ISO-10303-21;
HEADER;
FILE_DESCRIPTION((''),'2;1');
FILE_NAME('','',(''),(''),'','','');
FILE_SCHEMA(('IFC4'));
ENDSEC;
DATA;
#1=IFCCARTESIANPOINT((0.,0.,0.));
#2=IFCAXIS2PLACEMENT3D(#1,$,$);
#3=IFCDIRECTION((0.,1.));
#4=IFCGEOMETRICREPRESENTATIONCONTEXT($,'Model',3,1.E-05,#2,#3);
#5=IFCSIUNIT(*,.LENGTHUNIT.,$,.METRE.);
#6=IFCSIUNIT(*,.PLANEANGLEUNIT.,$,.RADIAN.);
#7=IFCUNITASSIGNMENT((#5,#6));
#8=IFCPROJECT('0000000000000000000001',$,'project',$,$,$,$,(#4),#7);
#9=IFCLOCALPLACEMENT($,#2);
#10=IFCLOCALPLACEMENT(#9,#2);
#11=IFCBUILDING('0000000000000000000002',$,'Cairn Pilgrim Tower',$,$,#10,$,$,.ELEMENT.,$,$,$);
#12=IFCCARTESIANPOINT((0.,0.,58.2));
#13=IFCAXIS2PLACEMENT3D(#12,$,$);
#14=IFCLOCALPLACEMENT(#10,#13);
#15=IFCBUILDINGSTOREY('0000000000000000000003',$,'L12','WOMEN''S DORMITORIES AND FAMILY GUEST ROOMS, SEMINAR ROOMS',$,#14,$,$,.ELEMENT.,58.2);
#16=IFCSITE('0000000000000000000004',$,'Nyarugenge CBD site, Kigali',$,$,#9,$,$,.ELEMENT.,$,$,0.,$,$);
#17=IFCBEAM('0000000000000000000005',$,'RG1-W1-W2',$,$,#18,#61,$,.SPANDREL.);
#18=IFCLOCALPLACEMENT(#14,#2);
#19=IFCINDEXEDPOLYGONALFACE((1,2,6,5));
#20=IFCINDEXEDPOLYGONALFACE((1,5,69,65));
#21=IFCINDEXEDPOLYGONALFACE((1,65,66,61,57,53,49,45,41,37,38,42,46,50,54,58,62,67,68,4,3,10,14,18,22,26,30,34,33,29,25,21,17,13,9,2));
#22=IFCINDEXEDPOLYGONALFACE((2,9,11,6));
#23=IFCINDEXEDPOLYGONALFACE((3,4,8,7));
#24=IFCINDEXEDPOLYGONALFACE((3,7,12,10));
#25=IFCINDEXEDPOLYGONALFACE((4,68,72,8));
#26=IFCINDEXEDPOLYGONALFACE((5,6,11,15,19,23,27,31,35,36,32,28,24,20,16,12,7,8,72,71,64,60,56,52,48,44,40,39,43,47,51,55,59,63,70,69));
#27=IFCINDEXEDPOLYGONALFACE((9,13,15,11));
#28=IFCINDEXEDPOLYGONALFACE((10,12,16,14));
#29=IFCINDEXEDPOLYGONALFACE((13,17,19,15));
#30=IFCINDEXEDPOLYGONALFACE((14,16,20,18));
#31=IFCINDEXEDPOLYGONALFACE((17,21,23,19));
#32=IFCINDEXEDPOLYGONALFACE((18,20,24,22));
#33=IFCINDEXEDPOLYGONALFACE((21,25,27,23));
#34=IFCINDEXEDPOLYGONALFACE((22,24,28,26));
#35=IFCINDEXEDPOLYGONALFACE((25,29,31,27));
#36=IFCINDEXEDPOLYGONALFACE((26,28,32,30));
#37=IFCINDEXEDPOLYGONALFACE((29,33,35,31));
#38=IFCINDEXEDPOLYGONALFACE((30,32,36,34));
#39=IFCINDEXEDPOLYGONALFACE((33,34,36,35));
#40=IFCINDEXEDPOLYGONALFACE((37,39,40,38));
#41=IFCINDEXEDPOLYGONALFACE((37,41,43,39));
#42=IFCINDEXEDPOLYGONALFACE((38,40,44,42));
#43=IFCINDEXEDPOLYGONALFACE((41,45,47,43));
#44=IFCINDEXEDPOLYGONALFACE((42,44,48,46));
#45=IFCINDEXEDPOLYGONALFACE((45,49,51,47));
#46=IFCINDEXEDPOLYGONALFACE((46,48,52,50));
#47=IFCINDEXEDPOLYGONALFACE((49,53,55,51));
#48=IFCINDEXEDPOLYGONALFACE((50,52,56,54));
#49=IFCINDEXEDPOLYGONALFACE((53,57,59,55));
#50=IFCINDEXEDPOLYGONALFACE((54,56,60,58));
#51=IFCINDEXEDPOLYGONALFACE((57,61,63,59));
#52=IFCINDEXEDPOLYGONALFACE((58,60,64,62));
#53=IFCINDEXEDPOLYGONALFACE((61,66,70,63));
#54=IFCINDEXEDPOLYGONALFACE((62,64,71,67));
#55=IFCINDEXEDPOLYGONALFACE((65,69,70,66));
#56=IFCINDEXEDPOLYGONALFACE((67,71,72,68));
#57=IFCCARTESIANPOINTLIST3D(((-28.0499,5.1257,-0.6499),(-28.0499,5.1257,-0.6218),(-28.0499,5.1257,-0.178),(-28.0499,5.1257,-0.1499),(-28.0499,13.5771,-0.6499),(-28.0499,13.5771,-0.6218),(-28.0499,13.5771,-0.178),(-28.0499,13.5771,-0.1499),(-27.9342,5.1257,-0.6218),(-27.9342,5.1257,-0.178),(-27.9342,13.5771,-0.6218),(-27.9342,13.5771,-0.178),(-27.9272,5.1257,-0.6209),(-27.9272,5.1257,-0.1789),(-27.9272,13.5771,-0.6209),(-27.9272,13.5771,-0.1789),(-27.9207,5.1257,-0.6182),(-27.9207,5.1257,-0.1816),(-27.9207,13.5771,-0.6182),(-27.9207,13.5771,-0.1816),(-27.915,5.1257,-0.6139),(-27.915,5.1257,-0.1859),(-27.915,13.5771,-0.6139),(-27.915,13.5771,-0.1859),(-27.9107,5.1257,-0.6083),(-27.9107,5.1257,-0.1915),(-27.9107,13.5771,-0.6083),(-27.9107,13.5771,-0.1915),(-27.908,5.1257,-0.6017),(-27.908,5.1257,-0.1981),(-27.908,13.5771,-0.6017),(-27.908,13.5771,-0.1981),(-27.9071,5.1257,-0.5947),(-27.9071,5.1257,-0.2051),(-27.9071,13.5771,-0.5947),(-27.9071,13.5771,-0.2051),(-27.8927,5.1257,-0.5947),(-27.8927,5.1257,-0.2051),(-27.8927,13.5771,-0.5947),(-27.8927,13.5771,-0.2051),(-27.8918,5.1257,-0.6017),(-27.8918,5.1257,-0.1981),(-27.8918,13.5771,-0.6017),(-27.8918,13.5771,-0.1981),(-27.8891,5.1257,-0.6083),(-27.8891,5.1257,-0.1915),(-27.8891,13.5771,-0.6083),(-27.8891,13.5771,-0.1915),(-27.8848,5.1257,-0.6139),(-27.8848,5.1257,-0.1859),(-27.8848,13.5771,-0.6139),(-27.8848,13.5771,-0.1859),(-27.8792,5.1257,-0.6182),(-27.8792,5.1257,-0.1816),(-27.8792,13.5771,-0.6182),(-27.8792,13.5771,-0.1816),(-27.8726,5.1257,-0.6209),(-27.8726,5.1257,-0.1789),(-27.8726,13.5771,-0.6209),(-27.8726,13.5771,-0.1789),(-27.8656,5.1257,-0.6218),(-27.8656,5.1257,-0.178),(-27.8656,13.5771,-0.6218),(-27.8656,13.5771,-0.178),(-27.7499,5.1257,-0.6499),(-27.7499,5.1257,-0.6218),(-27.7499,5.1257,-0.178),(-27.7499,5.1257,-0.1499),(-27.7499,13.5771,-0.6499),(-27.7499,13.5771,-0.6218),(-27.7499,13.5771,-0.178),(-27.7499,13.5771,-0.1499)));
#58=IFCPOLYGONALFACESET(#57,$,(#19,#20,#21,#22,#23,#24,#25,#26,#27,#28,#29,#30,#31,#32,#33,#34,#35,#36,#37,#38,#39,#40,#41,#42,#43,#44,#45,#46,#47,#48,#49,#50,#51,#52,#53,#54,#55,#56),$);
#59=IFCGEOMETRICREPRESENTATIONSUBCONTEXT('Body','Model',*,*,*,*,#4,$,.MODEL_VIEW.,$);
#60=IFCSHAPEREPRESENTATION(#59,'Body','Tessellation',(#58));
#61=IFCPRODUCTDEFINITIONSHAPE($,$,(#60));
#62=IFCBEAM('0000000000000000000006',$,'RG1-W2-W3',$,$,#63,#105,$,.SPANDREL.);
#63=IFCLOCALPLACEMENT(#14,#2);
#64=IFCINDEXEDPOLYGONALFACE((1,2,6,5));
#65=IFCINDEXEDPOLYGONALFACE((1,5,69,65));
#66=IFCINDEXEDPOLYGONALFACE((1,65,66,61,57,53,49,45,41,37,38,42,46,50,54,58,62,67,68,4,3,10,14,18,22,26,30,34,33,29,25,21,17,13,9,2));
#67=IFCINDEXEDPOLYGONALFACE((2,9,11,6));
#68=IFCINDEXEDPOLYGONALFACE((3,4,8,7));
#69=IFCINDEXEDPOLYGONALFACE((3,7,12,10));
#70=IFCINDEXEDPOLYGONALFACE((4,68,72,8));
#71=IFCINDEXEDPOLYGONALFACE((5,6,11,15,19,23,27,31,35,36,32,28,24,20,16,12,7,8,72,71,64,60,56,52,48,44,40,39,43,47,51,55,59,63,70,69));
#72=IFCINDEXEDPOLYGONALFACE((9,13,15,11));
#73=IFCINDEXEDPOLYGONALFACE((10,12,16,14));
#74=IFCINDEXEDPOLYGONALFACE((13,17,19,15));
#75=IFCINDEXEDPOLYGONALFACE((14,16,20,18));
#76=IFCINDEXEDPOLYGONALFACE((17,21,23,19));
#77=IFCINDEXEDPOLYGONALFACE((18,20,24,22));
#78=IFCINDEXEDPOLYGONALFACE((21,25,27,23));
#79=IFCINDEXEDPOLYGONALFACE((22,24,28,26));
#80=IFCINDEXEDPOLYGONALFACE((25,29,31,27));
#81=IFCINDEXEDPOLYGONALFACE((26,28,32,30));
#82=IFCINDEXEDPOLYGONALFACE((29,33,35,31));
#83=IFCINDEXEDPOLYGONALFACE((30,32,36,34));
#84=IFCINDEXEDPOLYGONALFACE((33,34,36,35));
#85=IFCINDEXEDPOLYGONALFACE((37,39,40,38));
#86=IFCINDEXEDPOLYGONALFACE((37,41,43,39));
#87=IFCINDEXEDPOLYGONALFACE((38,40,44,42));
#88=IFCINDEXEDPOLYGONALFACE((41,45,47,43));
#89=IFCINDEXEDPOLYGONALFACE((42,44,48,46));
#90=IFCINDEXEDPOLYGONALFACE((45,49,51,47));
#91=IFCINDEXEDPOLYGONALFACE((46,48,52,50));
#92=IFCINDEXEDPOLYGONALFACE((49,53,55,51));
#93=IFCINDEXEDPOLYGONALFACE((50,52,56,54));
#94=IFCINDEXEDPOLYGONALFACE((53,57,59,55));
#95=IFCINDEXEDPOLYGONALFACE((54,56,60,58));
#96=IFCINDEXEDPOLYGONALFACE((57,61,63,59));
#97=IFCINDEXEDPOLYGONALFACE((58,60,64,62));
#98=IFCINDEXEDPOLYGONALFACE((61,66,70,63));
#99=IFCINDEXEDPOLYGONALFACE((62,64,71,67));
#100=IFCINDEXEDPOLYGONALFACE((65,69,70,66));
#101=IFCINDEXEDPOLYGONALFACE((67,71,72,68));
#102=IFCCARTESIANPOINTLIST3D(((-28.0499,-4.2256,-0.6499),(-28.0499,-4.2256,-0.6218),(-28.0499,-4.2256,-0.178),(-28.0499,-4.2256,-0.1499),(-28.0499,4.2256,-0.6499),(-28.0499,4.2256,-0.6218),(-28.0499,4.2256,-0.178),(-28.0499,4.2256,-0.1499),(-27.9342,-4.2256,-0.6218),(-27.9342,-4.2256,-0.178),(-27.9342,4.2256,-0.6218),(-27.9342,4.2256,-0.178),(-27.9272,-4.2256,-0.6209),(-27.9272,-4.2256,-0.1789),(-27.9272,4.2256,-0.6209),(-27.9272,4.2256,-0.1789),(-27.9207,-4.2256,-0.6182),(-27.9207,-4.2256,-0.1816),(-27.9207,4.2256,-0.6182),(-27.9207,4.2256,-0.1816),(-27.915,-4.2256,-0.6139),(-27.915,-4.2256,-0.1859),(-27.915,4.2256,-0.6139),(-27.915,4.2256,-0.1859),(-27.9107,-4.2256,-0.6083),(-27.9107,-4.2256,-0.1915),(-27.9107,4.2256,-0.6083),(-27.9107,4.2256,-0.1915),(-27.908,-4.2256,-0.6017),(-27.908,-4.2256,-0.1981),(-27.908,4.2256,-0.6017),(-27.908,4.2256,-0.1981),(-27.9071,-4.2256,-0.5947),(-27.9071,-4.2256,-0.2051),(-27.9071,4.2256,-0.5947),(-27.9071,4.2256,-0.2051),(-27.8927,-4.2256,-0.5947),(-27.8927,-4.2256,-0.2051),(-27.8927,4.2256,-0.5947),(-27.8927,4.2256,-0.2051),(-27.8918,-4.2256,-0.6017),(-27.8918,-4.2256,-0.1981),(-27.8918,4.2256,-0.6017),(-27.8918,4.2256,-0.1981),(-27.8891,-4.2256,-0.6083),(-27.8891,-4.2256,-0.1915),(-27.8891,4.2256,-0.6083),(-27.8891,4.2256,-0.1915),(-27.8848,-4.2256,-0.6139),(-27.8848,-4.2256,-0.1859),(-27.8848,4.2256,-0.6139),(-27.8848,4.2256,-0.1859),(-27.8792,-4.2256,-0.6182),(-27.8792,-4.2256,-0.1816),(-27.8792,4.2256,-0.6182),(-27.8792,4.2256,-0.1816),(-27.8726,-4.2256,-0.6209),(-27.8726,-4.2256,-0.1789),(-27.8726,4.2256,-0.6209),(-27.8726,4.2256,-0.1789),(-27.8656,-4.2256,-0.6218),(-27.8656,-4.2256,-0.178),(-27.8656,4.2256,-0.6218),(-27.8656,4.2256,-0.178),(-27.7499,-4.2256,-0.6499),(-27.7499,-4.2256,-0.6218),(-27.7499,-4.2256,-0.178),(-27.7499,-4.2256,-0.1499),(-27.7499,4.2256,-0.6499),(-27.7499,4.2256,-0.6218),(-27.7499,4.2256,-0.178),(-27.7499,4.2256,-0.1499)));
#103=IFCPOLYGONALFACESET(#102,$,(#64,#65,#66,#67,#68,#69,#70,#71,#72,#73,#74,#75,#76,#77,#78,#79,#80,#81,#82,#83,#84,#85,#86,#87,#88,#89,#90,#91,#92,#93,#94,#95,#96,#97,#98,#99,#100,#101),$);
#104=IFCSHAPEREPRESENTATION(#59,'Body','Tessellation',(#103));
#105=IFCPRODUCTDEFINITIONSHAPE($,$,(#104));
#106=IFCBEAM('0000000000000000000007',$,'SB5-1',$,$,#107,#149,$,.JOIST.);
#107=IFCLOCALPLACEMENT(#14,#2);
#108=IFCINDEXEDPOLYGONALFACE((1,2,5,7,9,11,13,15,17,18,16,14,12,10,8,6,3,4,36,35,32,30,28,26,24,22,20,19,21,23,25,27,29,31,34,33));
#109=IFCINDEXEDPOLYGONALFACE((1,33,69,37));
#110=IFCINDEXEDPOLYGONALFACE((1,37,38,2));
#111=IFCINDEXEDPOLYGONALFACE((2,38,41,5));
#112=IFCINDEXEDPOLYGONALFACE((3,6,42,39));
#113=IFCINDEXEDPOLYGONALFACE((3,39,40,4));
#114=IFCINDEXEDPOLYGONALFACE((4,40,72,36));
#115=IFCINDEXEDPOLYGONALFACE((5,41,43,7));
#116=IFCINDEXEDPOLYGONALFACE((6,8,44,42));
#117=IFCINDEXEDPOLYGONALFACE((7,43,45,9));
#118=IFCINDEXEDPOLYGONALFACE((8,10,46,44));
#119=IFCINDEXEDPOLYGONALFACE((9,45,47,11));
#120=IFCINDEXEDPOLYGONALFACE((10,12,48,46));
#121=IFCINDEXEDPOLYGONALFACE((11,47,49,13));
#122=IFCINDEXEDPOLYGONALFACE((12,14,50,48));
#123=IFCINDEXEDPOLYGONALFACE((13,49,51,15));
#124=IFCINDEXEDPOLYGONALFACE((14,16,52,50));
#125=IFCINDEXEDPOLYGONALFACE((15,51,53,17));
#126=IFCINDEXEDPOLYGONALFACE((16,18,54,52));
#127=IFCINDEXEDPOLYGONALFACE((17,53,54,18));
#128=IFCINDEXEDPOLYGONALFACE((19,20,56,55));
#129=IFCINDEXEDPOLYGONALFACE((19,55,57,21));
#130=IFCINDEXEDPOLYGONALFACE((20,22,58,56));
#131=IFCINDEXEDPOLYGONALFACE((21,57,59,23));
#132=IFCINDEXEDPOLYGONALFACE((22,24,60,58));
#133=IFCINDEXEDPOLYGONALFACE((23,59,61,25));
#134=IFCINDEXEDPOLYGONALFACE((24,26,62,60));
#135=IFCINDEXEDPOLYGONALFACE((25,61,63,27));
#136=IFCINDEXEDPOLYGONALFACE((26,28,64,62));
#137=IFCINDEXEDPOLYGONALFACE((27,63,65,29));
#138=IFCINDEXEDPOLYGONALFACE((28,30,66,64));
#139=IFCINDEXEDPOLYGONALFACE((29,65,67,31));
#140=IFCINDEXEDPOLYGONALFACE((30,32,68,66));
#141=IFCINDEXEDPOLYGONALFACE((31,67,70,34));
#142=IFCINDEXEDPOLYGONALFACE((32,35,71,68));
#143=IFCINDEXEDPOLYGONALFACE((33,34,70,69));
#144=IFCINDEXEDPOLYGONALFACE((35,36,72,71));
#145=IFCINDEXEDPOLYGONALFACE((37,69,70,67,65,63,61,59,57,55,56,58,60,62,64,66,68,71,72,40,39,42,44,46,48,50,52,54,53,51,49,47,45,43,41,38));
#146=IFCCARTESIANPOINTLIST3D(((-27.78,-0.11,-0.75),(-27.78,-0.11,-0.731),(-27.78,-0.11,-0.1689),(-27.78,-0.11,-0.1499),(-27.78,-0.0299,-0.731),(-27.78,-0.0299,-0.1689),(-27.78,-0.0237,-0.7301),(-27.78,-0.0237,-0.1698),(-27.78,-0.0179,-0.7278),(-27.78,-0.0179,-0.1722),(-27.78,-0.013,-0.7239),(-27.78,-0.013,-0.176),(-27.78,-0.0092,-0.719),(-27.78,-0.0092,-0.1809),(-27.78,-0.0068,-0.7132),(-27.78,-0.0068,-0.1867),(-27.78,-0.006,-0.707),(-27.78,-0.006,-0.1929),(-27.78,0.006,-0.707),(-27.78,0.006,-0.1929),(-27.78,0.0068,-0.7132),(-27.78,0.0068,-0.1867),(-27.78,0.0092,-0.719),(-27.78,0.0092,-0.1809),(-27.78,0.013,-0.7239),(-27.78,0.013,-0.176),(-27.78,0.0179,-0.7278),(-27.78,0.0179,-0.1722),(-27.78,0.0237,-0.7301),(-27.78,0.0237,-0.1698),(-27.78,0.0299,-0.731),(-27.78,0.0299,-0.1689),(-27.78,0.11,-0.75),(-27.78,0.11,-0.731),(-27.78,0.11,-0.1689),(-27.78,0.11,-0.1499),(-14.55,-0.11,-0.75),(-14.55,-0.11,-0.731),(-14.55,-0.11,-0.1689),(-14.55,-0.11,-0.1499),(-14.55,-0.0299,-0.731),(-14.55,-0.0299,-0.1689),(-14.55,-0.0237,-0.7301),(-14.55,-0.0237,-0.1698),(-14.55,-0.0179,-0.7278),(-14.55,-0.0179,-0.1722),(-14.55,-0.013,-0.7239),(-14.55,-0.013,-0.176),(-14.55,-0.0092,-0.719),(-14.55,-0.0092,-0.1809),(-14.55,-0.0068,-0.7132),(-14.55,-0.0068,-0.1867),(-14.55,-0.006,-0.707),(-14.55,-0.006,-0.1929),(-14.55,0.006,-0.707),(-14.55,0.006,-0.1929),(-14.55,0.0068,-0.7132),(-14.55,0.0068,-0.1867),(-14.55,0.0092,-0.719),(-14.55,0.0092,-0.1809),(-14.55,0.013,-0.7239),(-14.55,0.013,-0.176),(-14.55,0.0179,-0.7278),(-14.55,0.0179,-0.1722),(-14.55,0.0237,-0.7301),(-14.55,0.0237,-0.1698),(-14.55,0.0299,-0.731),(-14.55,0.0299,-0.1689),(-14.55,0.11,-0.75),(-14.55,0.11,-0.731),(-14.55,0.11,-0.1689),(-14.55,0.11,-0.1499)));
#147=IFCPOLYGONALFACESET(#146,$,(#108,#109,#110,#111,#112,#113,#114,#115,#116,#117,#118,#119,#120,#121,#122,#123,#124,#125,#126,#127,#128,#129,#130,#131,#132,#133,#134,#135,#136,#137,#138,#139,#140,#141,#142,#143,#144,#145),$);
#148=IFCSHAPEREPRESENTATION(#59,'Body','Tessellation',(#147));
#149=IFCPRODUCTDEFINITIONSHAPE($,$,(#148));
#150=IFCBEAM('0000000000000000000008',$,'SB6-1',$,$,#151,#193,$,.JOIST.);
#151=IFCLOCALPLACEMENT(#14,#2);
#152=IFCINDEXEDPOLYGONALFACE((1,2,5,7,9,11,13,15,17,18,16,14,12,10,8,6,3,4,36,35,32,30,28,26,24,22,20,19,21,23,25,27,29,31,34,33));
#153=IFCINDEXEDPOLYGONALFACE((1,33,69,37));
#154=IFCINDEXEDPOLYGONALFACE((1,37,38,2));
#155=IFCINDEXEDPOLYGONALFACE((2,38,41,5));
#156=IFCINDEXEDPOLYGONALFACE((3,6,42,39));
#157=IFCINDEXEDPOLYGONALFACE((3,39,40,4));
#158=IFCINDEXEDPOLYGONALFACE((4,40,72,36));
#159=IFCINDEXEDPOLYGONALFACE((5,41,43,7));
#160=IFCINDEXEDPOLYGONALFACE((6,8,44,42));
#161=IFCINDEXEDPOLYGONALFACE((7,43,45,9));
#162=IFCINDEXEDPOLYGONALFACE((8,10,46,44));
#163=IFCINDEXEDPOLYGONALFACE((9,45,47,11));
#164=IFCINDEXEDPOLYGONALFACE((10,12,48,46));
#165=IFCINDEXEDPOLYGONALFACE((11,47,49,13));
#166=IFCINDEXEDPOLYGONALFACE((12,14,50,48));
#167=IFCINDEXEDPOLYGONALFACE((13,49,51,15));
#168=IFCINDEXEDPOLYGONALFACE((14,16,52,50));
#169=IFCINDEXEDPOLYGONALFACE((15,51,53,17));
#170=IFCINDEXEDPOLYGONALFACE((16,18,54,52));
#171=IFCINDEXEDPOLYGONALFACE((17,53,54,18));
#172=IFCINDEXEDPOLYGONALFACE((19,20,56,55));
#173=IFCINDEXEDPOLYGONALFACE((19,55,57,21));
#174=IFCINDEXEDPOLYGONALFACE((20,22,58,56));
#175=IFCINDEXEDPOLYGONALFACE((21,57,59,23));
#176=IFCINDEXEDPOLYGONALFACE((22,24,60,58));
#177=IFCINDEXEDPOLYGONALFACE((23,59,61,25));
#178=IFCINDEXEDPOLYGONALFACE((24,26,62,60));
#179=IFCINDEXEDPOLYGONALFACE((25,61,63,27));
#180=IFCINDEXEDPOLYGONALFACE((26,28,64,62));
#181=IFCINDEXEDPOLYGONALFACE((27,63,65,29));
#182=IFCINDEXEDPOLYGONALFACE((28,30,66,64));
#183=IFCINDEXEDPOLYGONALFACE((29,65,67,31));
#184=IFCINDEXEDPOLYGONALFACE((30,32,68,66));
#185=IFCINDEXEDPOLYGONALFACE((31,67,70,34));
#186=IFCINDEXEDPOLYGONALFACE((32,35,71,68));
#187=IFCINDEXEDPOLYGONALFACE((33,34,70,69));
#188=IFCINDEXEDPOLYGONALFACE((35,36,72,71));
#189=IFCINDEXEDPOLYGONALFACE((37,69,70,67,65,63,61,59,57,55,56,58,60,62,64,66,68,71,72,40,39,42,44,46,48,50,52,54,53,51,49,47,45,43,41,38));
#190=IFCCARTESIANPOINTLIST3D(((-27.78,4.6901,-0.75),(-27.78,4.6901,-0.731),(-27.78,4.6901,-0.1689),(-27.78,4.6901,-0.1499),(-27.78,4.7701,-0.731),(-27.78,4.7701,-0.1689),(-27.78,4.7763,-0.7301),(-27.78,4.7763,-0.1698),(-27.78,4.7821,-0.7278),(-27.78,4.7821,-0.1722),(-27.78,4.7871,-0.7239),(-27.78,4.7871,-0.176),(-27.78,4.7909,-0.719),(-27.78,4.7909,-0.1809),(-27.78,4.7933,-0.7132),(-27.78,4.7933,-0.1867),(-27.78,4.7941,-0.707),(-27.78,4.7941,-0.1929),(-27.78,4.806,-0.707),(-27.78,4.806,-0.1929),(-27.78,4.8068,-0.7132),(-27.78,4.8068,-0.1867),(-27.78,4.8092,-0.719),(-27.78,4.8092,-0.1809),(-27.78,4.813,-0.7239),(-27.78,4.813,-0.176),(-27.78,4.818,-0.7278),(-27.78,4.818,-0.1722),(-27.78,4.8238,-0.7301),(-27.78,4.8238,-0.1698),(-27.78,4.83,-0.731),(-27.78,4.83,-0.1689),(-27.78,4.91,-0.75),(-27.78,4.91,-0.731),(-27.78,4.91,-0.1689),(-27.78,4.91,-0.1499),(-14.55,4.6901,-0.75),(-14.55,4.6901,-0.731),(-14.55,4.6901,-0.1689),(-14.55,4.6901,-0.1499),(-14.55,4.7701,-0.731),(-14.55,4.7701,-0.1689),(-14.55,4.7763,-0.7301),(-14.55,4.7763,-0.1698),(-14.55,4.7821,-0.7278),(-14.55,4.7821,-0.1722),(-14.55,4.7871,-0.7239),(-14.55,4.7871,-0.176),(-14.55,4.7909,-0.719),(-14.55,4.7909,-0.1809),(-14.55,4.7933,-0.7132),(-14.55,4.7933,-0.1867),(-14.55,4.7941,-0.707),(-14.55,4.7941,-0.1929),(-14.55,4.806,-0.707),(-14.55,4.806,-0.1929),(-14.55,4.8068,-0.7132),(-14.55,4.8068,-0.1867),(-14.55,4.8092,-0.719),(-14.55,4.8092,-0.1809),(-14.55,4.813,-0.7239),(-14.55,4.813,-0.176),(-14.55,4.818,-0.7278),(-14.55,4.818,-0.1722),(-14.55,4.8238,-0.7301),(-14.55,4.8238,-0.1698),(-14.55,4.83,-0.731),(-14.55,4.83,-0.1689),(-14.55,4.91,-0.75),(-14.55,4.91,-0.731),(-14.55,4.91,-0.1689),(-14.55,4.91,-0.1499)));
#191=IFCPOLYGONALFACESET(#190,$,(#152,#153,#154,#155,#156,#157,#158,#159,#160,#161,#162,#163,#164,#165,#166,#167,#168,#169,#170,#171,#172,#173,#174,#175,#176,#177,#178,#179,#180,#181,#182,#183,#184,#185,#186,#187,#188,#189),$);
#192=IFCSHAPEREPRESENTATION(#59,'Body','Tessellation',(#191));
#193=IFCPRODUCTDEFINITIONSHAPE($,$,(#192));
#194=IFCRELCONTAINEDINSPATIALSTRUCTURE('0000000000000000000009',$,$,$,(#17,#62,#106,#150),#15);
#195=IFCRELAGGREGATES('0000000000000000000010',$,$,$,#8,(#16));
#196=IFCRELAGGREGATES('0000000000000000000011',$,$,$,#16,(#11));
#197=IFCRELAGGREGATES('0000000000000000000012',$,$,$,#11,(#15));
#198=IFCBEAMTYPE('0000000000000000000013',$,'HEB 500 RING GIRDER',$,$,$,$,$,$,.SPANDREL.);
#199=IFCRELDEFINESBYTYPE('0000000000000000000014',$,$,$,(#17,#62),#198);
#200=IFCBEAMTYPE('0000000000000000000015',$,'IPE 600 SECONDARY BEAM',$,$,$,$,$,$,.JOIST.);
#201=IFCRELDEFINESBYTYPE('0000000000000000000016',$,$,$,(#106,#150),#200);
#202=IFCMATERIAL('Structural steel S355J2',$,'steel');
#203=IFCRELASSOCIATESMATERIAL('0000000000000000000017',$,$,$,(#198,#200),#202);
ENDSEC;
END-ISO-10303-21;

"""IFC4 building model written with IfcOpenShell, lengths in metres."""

from ifc_helpers import new_model, si_unit, direction, frame, origin, origin_2d, place, context, subcontext, project, spatial, i_section, extrude, material, material_profile, profile_set, type_object, element, save


model = new_model("IFC4")

# Units and contexts
model_context = context("Model", 3, precision=1e-05, world=origin(), true_north=direction((0.0, 1.0)))
body_context = subcontext(model_context, "Body", "Model", "MODEL_VIEW")
ifc_project = project(units=[si_unit("LENGTHUNIT", "METRE"), si_unit("PLANEANGLEUNIT", "RADIAN")], contexts=[model_context])

# Site, building, storey
site_placement = place(None, origin())
site = spatial("IfcSite", under=ifc_project, at=site_placement, Name="Nyarugenge CBD site, Kigali", CompositionType="ELEMENT", RefElevation=0.0)
building_placement = place(site_placement, origin())
building = spatial("IfcBuilding", under=site, at=building_placement, Name="Cairn Pilgrim Tower", CompositionType="ELEMENT")
storey_placement = place(building_placement, frame((0.0, 0.0, 58.2)))
storey = spatial("IfcBuildingStorey", under=building, at=storey_placement, Name="L12", Description="WOMEN'S DORMITORIES AND FAMILY GUEST ROOMS, SEMINAR ROOMS", CompositionType="ELEMENT", Elevation=58.2)

# Beams
ifc_material_1 = material(Name="Structural steel S355J2", Category="steel")
ifc_material_profile_1 = material_profile(ifc_material_1, i_section(OverallWidth=0.3, OverallDepth=0.5, WebThickness=0.0144, FlangeThickness=0.0281, FilletRadius=0.0271, at=origin_2d()), Name="HEB 500")
ifc_profile_set_1 = profile_set([ifc_material_profile_1], Name="Structural steel S355J2")
beam_type_1 = type_object("IfcBeamType", Name="HEB 500 RING GIRDER", PredefinedType="SPANDREL", material=ifc_profile_set_1)
beam_1_placement = place(storey_placement, frame((-27.8999, 13.5771, -0.3999), z_axis=(0.0, -1.0, 0.0), x_axis=(1.0, 0.0, 0.0)))
element("IfcBeam", 1, at=beam_1_placement, inside=storey, type_object=beam_type_1, Name="RG1-W1-W2", PredefinedType="SPANDREL", context=body_context, shape_type="SweptSolid", body=[
    extrude(i_section(OverallWidth=0.3, OverallDepth=0.5, WebThickness=0.0144, FlangeThickness=0.0281, FilletRadius=0.0271, at=origin_2d()), origin(), (0.0, 0.0, 1.0), 8.4514),
])
beam_2_placement = place(storey_placement, frame((-27.8999, 4.2256, -0.3999), z_axis=(0.0, -1.0, 0.0), x_axis=(1.0, 0.0, 0.0)))
element("IfcBeam", 2, at=beam_2_placement, inside=storey, type_object=beam_type_1, Name="RG1-W2-W3", PredefinedType="SPANDREL", context=body_context, shape_type="SweptSolid", body=[
    extrude(i_section(OverallWidth=0.3, OverallDepth=0.5, WebThickness=0.0144, FlangeThickness=0.0281, FilletRadius=0.0271, at=origin_2d()), origin(), (0.0, 0.0, 1.0), 8.4512),
])
ifc_material_profile_2 = material_profile(ifc_material_1, i_section(OverallWidth=0.22, OverallDepth=0.6001, WebThickness=0.012, FlangeThickness=0.019, FilletRadius=0.0239, at=origin_2d()), Name="IPE 600")
ifc_profile_set_2 = profile_set([ifc_material_profile_2], Name="Structural steel S355J2")
beam_type_2 = type_object("IfcBeamType", Name="IPE 600 SECONDARY BEAM", PredefinedType="JOIST", material=ifc_profile_set_2)
for number, where, z_axis, x_axis, name in (
    (3, (-27.78, 0.0, -0.45), (1.0, 0.0, 0.0), (0.0, 1.0, 0.0), "SB5-1"),
    (4, (-27.78, 4.8, -0.45), (1.0, 0.0, 0.0), (0.0, 1.0, 0.0), "SB6-1"),
):
    element("IfcBeam", number, at=place(storey_placement, frame(where, z_axis=z_axis, x_axis=x_axis)), inside=storey, type_object=beam_type_2, Name=name, PredefinedType="JOIST", context=body_context, shape_type="SweptSolid", body=[
        extrude(i_section(OverallWidth=0.22, OverallDepth=0.6001, WebThickness=0.012, FlangeThickness=0.019, FilletRadius=0.0239, at=origin_2d()), origin(), (0.0, 0.0, 1.0), 13.23),
    ])

save(model, "model.ifc")
